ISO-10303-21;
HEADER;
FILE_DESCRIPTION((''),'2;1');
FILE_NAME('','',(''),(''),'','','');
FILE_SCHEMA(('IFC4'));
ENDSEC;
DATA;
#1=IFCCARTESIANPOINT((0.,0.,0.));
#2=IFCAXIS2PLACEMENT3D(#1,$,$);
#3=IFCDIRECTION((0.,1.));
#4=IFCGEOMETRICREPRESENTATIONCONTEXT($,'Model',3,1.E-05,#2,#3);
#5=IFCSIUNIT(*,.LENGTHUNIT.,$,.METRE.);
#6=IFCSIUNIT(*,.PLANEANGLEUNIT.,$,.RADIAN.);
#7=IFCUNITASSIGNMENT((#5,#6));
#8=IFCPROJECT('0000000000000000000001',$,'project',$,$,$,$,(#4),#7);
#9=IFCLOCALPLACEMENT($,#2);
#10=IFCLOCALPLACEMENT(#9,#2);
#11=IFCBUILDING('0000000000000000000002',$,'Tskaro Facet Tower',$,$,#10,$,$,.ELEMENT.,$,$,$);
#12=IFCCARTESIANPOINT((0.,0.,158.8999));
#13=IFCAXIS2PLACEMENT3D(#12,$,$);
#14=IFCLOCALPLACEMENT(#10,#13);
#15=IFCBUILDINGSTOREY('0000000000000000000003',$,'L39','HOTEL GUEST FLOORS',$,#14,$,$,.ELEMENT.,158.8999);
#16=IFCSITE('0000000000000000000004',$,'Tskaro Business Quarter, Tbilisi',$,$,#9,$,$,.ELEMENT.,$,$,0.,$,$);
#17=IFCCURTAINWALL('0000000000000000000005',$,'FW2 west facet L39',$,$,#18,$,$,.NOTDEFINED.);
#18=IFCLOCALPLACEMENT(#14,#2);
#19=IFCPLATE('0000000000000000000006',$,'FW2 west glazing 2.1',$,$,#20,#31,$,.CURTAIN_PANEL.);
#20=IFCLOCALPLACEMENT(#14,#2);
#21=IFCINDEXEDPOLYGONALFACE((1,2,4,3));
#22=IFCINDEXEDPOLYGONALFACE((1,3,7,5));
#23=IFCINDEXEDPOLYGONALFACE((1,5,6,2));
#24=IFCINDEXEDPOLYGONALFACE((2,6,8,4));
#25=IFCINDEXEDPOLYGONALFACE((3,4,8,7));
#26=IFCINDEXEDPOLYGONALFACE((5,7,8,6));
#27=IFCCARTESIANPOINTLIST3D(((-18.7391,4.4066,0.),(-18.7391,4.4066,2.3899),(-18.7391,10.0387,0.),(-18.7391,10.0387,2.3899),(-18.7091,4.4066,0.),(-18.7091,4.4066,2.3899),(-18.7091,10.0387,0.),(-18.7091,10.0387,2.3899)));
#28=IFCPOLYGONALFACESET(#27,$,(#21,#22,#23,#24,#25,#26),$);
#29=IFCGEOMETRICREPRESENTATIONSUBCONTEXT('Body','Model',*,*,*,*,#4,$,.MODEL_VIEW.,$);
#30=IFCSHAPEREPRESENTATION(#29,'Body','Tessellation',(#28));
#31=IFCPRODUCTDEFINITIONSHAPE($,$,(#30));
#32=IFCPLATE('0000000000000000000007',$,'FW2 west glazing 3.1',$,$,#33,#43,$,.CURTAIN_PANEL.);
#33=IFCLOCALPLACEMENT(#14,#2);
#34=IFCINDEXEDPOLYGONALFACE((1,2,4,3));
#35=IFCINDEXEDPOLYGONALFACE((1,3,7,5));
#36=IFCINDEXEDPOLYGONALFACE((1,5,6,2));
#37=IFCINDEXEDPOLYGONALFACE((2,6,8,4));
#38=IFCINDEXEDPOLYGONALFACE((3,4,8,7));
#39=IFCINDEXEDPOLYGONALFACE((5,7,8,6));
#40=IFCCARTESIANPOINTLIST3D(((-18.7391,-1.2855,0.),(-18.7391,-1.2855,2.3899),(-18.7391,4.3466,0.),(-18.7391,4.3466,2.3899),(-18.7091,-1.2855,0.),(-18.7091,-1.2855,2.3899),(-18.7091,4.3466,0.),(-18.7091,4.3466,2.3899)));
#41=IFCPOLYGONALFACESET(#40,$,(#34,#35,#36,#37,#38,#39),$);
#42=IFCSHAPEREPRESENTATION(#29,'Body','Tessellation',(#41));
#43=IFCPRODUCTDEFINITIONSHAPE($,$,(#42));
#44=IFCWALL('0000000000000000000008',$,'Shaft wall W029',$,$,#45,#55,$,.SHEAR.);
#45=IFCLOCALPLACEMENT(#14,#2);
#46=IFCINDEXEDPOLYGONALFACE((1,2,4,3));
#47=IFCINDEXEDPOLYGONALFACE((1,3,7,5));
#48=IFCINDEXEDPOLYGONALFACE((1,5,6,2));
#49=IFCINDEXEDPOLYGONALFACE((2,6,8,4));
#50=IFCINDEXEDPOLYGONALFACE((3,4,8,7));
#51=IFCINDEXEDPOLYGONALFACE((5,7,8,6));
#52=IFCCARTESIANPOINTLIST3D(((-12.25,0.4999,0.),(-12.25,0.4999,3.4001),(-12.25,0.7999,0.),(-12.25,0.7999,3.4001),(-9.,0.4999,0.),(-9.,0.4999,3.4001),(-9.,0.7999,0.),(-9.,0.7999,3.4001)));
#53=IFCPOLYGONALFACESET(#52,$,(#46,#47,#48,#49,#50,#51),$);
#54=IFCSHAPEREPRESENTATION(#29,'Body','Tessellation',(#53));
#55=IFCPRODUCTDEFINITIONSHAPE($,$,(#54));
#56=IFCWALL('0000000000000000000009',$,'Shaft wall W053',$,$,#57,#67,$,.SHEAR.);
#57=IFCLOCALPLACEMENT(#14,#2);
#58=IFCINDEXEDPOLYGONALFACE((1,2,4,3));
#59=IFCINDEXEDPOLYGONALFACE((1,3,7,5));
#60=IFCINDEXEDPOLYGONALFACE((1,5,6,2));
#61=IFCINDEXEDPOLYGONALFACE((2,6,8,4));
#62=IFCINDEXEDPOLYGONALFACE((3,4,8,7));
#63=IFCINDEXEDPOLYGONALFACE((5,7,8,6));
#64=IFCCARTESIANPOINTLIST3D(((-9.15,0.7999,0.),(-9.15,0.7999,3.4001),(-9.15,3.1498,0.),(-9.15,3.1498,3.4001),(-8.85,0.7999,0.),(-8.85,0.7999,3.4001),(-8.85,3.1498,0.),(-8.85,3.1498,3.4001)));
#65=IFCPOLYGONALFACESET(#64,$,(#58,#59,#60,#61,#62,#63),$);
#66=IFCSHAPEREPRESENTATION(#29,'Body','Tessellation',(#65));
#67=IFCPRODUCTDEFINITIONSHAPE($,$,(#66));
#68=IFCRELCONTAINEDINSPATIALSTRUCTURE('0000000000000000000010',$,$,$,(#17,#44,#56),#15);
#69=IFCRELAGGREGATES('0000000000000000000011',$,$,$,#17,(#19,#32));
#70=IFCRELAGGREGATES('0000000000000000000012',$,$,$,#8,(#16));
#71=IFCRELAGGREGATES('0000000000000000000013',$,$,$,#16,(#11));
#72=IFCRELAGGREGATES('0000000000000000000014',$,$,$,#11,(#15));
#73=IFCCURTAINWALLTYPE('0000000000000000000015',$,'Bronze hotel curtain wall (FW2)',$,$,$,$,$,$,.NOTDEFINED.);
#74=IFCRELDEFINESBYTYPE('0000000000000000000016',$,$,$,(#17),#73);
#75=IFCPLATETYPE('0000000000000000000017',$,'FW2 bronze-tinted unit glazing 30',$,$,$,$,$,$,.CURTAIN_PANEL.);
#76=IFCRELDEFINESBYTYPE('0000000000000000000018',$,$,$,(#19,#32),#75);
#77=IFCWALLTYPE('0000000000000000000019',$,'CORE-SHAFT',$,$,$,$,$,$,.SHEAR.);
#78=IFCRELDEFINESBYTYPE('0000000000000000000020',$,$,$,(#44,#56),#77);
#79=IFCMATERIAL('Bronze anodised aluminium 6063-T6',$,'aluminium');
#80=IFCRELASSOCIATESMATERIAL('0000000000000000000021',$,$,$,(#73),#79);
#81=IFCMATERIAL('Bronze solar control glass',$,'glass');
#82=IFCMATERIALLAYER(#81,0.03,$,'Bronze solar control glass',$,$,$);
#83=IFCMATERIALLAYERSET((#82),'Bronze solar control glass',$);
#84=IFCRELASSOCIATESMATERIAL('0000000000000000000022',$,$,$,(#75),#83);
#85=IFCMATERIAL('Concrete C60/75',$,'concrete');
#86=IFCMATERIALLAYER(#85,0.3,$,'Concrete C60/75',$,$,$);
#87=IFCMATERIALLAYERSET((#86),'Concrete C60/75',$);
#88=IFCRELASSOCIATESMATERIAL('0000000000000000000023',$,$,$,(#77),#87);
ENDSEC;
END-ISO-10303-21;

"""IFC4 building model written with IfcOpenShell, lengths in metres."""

from ifc_helpers import new_model, si_unit, direction, frame, frame_2d, origin, origin_2d, place, context, subcontext, project, spatial, rectangle, extrude, material, layer, layer_set, type_object, element, aggregate, save


model = new_model("IFC4")

# Units and contexts
model_context = context("Model", 3, precision=1e-05, world=origin(), true_north=direction((0.0, 1.0)))
body_context = subcontext(model_context, "Body", "Model", "MODEL_VIEW")
ifc_project = project(units=[si_unit("LENGTHUNIT", "METRE"), si_unit("PLANEANGLEUNIT", "RADIAN")], contexts=[model_context])

# Site, building, storey
site_placement = place(None, origin())
site = spatial("IfcSite", under=ifc_project, at=site_placement, Name="Tskaro Business Quarter, Tbilisi", CompositionType="ELEMENT", RefElevation=0.0)
building_placement = place(site_placement, origin())
building = spatial("IfcBuilding", under=site, at=building_placement, Name="Tskaro Facet Tower", CompositionType="ELEMENT")
storey_placement = place(building_placement, frame((0.0, 0.0, 158.8999)))
storey = spatial("IfcBuildingStorey", under=building, at=storey_placement, Name="L39", Description="HOTEL GUEST FLOORS", CompositionType="ELEMENT", Elevation=158.8999)

# Curtain wall
ifc_material_1 = material(Name="Bronze anodised aluminium 6063-T6", Category="aluminium")
curtain_wall_type = type_object("IfcCurtainWallType", Name="Bronze hotel curtain wall (FW2)", PredefinedType="NOTDEFINED", material=ifc_material_1)
curtain_wall_placement = place(storey_placement, origin())
curtain_wall = element("IfcCurtainWall", 1, at=curtain_wall_placement, inside=storey, type_object=curtain_wall_type, Name="FW2 west facet L39", PredefinedType="NOTDEFINED")

# Plates
ifc_material_2 = material(Name="Bronze solar control glass", Category="glass")
ifc_layer_1 = layer(ifc_material_2, 0.03, Name="Bronze solar control glass")
ifc_layer_set_1 = layer_set([ifc_layer_1], Name="Bronze solar control glass")
plate_type = type_object("IfcPlateType", Name="FW2 bronze-tinted unit glazing 30", PredefinedType="CURTAIN_PANEL", material=ifc_layer_set_1)
plate_1_placement = place(storey_placement, frame((-18.7241, 7.2227, 0.0), z_axis=(0.0, 0.0, 1.0), x_axis=(0.0, -1.0, 0.0)))
plate_1 = element("IfcPlate", 2, at=plate_1_placement, type_object=plate_type, Name="FW2 west glazing 2.1", PredefinedType="CURTAIN_PANEL", context=body_context, shape_type="SweptSolid", body=[
    extrude(rectangle(XDim=5.6321, YDim=0.03, at=origin_2d()), origin(), (0.0, 0.0, 1.0), 2.3899),
])
plate_2_placement = place(storey_placement, frame((-18.7241, 1.5305, 0.0), z_axis=(0.0, 0.0, 1.0), x_axis=(0.0, -1.0, 0.0)))
plate_2 = element("IfcPlate", 3, at=plate_2_placement, type_object=plate_type, Name="FW2 west glazing 3.1", PredefinedType="CURTAIN_PANEL", context=body_context, shape_type="SweptSolid", body=[
    extrude(rectangle(XDim=5.6321, YDim=0.03, at=origin_2d()), origin(), (0.0, 0.0, 1.0), 2.3899),
])
aggregate(curtain_wall, [plate_1, plate_2])

# Walls
ifc_material_3 = material(Name="Concrete C60/75", Category="concrete")
ifc_layer_2 = layer(ifc_material_3, 0.3, Name="Concrete C60/75")
ifc_layer_set_2 = layer_set([ifc_layer_2], Name="Concrete C60/75")
wall_type_1 = type_object("IfcWallType", Name="CORE-SHAFT", PredefinedType="SHEAR", material=ifc_layer_set_2)
wall_1_placement = place(storey_placement, frame((-9.0, 0.6499, 0.0), z_axis=(0.0, 0.0, 1.0), x_axis=(-1.0, 0.0, 0.0)))
element("IfcWall", 4, at=wall_1_placement, inside=storey, type_object=wall_type_1, Name="Shaft wall W029", PredefinedType="SHEAR", context=body_context, shape_type="SweptSolid", body=[
    extrude(rectangle(XDim=3.25, YDim=0.3, at=frame_2d((1.625, 0.0))), origin(), (0.0, 0.0, 1.0), 3.4001),
])
wall_2_placement = place(storey_placement, frame((-9.0, 0.8, 0.0), z_axis=(0.0, 0.0, 1.0), x_axis=(0.0, 1.0, 0.0)))
element("IfcWall", 5, at=wall_2_placement, inside=storey, type_object=wall_type_1, Name="Shaft wall W053", PredefinedType="SHEAR", context=body_context, shape_type="SweptSolid", body=[
    extrude(rectangle(XDim=2.3499, YDim=0.3, at=frame_2d((1.1748, 0.0))), origin(), (0.0, 0.0, 1.0), 3.4001),
])

save(model, "model.ifc")
